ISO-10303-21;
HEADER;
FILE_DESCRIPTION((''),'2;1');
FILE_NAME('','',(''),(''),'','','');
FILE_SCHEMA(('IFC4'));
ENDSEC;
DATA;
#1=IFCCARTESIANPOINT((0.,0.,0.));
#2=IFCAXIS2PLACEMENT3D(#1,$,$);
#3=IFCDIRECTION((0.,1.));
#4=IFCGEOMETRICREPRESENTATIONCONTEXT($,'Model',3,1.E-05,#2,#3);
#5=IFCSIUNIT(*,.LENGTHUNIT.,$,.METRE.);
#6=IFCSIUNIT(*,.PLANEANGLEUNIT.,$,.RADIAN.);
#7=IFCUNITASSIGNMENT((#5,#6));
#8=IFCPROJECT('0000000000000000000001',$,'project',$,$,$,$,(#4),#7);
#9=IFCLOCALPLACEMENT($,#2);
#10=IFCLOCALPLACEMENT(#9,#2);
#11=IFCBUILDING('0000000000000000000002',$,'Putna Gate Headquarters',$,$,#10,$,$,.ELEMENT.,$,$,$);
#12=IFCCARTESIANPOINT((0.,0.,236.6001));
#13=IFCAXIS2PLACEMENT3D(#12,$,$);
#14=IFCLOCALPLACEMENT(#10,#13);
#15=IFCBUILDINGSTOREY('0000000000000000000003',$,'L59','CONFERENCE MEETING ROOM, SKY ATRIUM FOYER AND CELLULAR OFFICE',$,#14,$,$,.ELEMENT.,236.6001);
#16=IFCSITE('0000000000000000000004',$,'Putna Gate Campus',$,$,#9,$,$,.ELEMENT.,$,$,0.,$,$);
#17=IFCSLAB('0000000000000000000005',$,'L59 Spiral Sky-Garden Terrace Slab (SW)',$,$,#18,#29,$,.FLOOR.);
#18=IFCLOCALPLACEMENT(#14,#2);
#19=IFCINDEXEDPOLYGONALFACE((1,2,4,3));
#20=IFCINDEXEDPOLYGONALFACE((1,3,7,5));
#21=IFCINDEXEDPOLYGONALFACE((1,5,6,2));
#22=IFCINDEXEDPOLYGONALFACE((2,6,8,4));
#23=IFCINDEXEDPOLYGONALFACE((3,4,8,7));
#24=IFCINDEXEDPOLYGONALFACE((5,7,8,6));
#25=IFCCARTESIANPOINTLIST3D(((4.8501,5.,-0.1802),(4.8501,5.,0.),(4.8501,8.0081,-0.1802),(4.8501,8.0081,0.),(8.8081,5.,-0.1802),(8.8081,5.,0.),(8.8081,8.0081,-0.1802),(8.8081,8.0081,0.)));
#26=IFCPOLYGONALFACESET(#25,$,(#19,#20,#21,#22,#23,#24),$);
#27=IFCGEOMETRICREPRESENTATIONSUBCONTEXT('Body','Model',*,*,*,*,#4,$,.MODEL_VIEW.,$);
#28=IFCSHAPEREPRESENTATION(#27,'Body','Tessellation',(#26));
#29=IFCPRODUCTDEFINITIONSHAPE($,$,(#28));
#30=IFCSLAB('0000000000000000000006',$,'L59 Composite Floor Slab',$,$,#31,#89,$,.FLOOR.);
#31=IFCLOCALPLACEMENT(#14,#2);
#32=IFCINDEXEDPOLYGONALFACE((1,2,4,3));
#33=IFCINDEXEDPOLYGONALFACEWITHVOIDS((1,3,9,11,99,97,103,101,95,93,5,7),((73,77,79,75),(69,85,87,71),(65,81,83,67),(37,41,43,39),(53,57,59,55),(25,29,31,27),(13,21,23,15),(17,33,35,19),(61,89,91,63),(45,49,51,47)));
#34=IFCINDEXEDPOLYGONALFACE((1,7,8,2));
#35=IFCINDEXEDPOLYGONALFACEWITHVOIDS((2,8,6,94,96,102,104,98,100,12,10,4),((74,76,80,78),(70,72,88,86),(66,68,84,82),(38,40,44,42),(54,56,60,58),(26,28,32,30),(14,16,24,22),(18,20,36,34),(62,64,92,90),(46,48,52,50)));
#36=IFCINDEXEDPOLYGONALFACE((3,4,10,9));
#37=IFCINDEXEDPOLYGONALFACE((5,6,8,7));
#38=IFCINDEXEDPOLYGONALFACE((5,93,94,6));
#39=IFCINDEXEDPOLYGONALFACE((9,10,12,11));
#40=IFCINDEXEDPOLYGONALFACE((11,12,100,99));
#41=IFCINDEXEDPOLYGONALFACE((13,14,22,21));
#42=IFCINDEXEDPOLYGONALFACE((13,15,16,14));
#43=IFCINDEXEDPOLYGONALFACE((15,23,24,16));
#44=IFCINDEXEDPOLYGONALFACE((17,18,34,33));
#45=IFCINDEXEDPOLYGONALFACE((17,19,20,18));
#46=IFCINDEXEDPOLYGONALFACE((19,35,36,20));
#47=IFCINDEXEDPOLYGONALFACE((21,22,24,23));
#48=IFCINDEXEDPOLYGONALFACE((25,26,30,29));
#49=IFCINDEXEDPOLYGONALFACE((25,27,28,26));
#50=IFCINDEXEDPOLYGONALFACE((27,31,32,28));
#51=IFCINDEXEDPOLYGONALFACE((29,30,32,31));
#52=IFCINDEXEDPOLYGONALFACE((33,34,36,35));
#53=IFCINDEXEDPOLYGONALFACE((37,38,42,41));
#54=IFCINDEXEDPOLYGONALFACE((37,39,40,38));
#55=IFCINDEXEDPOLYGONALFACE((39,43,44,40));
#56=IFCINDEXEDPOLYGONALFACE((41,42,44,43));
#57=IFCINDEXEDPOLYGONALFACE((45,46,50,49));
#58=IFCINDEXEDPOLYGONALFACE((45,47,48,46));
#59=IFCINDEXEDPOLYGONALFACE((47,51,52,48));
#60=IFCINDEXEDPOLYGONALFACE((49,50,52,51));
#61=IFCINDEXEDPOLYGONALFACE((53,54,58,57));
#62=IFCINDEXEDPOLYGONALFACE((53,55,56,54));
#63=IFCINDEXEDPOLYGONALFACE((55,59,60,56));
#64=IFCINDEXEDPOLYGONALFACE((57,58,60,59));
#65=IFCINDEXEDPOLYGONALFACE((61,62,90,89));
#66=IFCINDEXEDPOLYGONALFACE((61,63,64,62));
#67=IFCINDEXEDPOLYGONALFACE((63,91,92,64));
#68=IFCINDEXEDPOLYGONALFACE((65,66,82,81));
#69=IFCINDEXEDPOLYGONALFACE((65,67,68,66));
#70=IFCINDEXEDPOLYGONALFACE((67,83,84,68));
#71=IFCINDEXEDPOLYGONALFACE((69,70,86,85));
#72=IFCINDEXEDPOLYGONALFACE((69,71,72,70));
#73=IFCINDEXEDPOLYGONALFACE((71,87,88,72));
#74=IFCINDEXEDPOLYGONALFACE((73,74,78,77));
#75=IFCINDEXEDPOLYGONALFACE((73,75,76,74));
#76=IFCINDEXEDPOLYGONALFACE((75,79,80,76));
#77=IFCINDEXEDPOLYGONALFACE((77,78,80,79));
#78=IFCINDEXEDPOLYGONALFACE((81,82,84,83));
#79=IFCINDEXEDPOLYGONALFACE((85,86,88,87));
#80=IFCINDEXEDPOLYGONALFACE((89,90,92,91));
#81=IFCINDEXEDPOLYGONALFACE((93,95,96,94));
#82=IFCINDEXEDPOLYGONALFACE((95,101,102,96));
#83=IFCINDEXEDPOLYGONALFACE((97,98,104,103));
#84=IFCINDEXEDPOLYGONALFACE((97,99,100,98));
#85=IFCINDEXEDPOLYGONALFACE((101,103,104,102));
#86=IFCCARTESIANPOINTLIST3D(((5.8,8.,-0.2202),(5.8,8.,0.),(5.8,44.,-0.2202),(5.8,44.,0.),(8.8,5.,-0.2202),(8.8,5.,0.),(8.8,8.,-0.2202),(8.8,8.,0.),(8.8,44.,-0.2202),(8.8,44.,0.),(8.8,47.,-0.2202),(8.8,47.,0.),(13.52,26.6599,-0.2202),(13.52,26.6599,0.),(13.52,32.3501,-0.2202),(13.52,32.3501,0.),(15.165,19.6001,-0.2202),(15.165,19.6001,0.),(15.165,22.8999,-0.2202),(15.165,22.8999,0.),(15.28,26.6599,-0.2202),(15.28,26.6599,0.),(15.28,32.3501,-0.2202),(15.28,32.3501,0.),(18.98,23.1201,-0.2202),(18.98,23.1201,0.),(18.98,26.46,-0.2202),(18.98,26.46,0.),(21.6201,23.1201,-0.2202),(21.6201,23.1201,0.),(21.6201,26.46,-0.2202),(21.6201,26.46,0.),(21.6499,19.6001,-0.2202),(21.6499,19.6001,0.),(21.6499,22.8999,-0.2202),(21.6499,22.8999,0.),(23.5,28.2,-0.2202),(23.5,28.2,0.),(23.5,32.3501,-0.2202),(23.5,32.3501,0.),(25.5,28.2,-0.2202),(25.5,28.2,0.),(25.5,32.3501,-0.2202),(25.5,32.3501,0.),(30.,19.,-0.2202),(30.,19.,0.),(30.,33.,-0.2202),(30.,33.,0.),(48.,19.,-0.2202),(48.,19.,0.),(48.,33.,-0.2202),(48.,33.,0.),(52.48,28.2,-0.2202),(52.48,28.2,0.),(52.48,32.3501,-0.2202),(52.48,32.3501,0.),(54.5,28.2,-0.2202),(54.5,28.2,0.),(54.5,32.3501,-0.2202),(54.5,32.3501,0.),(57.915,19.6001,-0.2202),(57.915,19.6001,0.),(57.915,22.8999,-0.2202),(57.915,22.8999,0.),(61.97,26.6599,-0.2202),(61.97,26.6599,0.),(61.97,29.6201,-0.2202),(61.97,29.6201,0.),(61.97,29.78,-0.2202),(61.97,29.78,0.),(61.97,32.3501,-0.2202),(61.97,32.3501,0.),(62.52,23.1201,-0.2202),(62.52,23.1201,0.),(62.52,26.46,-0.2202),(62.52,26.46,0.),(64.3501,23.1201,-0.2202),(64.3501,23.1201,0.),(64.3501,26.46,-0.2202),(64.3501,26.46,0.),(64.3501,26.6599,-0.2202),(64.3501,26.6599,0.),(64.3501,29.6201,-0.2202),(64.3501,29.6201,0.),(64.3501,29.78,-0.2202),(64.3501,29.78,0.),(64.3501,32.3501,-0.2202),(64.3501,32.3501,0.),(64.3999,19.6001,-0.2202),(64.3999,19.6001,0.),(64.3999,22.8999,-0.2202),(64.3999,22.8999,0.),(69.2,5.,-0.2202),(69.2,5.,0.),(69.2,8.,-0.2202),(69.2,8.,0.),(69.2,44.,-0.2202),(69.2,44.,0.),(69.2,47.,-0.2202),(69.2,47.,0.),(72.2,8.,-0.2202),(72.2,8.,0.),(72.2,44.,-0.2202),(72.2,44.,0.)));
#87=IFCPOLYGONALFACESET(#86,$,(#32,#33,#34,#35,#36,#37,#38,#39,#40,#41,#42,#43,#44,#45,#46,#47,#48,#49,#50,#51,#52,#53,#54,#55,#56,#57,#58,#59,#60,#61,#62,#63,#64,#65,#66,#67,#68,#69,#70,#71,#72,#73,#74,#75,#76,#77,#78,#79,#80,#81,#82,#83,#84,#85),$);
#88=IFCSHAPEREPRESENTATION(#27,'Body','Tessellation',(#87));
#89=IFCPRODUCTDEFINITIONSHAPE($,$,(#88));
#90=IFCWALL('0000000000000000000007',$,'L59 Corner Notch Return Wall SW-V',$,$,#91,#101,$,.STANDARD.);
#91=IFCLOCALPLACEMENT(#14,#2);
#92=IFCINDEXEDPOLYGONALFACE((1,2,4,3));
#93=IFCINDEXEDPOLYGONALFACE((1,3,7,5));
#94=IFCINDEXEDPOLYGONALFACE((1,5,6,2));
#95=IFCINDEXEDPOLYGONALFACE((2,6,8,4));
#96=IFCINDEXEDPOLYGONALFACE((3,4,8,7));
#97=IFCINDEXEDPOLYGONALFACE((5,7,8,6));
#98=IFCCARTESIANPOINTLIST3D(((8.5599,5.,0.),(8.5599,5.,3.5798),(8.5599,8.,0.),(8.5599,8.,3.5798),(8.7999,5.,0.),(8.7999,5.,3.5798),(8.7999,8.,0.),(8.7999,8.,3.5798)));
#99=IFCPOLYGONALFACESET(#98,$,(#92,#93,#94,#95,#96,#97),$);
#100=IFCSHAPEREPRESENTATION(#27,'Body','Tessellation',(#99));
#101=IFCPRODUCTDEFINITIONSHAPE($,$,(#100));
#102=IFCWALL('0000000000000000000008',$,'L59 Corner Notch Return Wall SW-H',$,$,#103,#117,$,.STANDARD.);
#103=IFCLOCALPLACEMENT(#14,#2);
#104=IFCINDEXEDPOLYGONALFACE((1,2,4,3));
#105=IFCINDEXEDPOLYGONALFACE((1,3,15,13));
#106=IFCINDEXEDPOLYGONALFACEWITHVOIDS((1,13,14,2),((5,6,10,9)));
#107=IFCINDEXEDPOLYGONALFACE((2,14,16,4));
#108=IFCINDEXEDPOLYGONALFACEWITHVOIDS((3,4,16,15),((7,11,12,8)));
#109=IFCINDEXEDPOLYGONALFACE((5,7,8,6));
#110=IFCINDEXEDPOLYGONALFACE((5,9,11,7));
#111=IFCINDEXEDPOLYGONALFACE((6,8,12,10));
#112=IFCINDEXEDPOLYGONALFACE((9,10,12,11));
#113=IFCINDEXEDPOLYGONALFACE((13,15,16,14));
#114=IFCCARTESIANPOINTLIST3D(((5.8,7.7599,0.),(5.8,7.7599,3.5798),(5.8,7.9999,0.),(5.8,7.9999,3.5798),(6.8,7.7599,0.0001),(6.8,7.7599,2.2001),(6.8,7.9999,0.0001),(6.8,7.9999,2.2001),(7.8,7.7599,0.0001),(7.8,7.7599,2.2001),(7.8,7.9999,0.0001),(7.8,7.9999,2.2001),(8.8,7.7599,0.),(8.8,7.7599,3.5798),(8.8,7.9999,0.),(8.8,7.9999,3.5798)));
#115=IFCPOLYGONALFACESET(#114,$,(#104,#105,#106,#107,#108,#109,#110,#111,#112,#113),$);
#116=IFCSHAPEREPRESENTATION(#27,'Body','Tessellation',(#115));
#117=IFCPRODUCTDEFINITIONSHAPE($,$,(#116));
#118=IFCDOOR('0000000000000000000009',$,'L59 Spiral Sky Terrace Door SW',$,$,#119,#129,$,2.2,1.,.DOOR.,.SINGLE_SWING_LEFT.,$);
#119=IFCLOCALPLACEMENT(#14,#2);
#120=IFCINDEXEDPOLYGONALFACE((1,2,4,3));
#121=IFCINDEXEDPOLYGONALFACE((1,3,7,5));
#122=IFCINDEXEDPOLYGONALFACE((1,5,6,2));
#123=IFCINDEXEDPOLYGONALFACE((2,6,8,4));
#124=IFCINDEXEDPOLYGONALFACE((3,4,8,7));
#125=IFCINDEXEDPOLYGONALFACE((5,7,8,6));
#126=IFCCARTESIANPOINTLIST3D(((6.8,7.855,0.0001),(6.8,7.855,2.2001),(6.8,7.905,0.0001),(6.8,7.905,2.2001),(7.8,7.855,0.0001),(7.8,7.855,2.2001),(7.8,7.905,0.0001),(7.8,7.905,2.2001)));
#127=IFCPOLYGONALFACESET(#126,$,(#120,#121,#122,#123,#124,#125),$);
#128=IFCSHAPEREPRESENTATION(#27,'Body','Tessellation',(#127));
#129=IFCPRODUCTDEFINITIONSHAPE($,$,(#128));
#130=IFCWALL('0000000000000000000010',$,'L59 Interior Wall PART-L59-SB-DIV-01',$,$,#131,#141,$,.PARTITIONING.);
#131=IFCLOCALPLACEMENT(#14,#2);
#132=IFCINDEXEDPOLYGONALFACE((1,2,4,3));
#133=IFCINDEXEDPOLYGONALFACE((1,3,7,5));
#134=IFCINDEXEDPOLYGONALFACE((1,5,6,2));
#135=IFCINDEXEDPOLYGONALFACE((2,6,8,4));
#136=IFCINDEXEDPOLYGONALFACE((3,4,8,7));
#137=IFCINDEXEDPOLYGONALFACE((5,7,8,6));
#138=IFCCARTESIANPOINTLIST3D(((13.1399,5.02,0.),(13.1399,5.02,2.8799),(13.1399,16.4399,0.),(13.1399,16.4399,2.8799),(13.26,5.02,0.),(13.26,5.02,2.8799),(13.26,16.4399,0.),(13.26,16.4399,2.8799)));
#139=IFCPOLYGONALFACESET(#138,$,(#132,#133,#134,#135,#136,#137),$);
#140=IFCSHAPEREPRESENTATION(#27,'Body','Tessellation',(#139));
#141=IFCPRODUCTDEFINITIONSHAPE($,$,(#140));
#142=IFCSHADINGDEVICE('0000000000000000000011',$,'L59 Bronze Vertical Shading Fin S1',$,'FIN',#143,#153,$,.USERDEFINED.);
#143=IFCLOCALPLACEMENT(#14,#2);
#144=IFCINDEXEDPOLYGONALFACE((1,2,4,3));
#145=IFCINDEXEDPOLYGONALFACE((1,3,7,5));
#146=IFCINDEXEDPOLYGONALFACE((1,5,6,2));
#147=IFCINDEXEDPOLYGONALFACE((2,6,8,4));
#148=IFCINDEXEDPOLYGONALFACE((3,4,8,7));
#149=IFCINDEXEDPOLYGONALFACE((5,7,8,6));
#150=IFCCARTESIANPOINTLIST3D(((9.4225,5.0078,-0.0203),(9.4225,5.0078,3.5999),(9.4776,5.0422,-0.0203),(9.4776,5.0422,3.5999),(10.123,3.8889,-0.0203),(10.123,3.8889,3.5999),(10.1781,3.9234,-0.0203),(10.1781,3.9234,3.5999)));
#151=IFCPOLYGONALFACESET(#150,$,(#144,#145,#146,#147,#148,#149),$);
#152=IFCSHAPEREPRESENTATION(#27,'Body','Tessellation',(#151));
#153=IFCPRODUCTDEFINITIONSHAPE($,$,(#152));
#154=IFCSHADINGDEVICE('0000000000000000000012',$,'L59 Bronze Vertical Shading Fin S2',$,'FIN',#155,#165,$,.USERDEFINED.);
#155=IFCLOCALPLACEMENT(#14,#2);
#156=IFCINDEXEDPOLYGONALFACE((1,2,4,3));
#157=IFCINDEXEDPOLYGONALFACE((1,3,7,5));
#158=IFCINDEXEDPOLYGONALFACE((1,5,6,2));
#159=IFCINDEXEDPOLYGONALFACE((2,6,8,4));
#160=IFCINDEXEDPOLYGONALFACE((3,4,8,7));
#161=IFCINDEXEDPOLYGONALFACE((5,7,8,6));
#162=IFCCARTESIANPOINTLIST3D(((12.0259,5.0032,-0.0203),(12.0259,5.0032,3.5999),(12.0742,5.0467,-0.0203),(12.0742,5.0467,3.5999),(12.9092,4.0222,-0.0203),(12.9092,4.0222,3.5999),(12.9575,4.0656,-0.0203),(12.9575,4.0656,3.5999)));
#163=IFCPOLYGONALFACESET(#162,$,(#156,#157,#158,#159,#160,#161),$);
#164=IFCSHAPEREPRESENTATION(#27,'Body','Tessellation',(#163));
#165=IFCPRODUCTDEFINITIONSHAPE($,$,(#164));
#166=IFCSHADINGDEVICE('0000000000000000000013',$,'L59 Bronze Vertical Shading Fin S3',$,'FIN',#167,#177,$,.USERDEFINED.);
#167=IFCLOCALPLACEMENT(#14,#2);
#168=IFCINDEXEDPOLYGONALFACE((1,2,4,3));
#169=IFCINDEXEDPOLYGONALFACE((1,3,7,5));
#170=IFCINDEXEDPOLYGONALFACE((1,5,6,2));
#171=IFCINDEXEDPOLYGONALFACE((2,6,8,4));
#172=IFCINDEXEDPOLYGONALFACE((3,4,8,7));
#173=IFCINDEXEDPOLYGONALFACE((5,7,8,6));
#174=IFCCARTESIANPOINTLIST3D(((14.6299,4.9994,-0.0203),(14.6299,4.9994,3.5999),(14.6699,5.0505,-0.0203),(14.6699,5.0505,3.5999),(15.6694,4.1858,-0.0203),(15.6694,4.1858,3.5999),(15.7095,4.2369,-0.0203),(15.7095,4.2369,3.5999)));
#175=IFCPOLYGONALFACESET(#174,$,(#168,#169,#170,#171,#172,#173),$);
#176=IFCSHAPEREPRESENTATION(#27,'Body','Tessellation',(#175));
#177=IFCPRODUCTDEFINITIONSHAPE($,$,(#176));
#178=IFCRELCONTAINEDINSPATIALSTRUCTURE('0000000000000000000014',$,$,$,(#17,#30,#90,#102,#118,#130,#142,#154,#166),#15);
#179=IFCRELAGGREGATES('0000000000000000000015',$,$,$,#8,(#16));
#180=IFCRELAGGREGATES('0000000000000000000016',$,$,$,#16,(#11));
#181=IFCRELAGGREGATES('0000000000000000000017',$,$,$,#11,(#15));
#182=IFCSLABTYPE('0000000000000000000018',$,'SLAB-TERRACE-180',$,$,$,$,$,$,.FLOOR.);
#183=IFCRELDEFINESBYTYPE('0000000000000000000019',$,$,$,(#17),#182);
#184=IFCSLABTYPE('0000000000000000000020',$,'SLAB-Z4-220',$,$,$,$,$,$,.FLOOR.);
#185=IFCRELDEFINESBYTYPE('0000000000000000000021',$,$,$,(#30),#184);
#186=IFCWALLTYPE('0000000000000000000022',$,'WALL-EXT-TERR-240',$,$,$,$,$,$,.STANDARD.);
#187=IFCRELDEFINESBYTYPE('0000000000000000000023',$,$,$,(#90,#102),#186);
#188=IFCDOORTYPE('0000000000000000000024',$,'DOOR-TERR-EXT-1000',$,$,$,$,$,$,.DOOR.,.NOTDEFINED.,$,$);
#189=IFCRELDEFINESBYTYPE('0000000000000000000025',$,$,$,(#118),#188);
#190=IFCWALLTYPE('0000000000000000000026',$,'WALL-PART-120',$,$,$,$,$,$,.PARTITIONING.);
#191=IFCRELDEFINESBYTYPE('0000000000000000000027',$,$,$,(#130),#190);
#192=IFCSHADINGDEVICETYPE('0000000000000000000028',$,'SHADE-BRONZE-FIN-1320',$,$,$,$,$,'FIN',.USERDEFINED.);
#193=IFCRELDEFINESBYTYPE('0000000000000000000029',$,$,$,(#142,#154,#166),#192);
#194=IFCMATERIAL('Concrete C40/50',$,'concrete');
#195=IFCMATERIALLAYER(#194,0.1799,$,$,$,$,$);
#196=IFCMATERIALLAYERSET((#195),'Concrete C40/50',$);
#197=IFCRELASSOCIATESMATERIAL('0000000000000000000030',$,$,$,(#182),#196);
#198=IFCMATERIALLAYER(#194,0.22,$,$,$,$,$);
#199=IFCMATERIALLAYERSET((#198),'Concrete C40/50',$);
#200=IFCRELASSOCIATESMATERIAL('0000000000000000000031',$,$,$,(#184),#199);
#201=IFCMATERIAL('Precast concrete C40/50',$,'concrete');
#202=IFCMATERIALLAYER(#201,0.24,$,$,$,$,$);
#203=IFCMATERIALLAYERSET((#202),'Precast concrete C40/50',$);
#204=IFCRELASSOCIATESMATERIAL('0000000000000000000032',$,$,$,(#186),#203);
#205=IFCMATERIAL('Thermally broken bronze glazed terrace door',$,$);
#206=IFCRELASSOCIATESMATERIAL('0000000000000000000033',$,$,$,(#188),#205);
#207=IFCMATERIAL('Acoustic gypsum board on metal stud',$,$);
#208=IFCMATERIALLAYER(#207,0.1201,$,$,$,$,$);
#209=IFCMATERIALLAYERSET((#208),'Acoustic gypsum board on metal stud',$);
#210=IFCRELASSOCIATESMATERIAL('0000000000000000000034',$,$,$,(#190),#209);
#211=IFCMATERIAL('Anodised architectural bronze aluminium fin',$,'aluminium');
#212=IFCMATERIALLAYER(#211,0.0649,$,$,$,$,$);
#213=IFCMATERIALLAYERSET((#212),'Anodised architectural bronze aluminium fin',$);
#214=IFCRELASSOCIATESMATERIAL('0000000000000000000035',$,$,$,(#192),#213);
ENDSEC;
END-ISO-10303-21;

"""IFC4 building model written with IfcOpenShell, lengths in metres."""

from ifc_helpers import new_model, si_unit, direction, frame, frame_2d, origin, origin_2d, place, context, subcontext, project, spatial, polyline, rectangle, outline, extrude, material, layer, layer_set, type_object, element, fill, save


model = new_model("IFC4")

# Units and contexts
model_context = context("Model", 3, precision=1e-05, world=origin(), true_north=direction((0.0, 1.0)))
body_context = subcontext(model_context, "Body", "Model", "MODEL_VIEW")
ifc_project = project(units=[si_unit("LENGTHUNIT", "METRE"), si_unit("PLANEANGLEUNIT", "RADIAN")], contexts=[model_context])

# Site, building, storey
site_placement = place(None, origin())
site = spatial("IfcSite", under=ifc_project, at=site_placement, Name="Putna Gate Campus", CompositionType="ELEMENT", RefElevation=0.0)
building_placement = place(site_placement, origin())
building = spatial("IfcBuilding", under=site, at=building_placement, Name="Putna Gate Headquarters", CompositionType="ELEMENT")
storey_placement = place(building_placement, frame((0.0, 0.0, 236.6001)))
storey = spatial("IfcBuildingStorey", under=building, at=storey_placement, Name="L59", Description="CONFERENCE MEETING ROOM, SKY ATRIUM FOYER AND CELLULAR OFFICE", CompositionType="ELEMENT", Elevation=236.6001)

# Shared definitions
ifc_material_1 = material(Name="Concrete C40/50", Category="concrete")

# Slabs
ifc_layer_1 = layer(ifc_material_1, 0.1799)
ifc_layer_set_1 = layer_set([ifc_layer_1], Name="Concrete C40/50")
slab_type_1 = type_object("IfcSlabType", Name="SLAB-TERRACE-180", PredefinedType="FLOOR", material=ifc_layer_set_1)
slab_1_placement = place(storey_placement, frame((0.0, 0.0, -0.1802)))
element("IfcSlab", 1, at=slab_1_placement, inside=storey, type_object=slab_type_1, Name="L59 Spiral Sky-Garden Terrace Slab (SW)", PredefinedType="FLOOR", context=body_context, shape_type="SweptSolid", body=[
    extrude(outline(polyline([(4.8501, 5.0), (8.8081, 5.0), (8.8081, 8.0081), (4.8501, 8.0081), (4.8501, 5.0)])), origin(), (0.0, 0.0, 1.0), 0.1802),
])
ifc_layer_2 = layer(ifc_material_1, 0.22)
ifc_layer_set_2 = layer_set([ifc_layer_2], Name="Concrete C40/50")
slab_type_2 = type_object("IfcSlabType", Name="SLAB-Z4-220", PredefinedType="FLOOR", material=ifc_layer_set_2)
slab_2_placement = place(storey_placement, frame((0.0, 0.0, -0.2202)))
element("IfcSlab", 2, at=slab_2_placement, inside=storey, type_object=slab_type_2, Name="L59 Composite Floor Slab", PredefinedType="FLOOR", context=body_context, shape_type="SweptSolid", body=[
    extrude(outline(polyline([(8.8, 5.0), (69.2, 5.0), (69.2, 8.0), (72.2, 8.0), (72.2, 44.0), (69.2, 44.0), (69.2, 47.0), (8.8, 47.0), (8.8, 44.0), (5.8, 44.0), (5.8, 8.0), (8.8, 8.0), (8.8, 5.0)]), holes=[polyline([(15.165, 19.6001), (21.6499, 19.6001), (21.6499, 22.8999), (15.165, 22.8999), (15.165, 19.6001)]), polyline([(57.915, 19.6001), (64.3999, 19.6001), (64.3999, 22.8999), (57.915, 22.8999), (57.915, 19.6001)]), polyline([(13.52, 26.6599), (15.28, 26.6599), (15.28, 32.3501), (13.52, 32.3501), (13.52, 26.6599)]), polyline([(61.97, 29.78), (64.3501, 29.78), (64.3501, 32.3501), (61.97, 32.3501), (61.97, 29.78)]), polyline([(18.98, 23.1201), (21.6201, 23.1201), (21.6201, 26.46), (18.98, 26.46), (18.98, 23.1201)]), polyline([(62.52, 23.1201), (64.3501, 23.1201), (64.3501, 26.46), (62.52, 26.46), (62.52, 23.1201)]), polyline([(61.97, 26.6599), (64.3501, 26.6599), (64.3501, 29.6201), (61.97, 29.6201), (61.97, 26.6599)]), polyline([(23.5, 28.2), (25.5, 28.2), (25.5, 32.3501), (23.5, 32.3501), (23.5, 28.2)]), polyline([(52.48, 28.2), (54.5, 28.2), (54.5, 32.3501), (52.48, 32.3501), (52.48, 28.2)]), polyline([(30.0, 19.0), (48.0, 19.0), (48.0, 33.0), (30.0, 33.0), (30.0, 19.0)])]), origin(), (0.0, 0.0, 1.0), 0.2202),
])

# Wall
ifc_material_2 = material(Name="Precast concrete C40/50", Category="concrete")
ifc_layer_3 = layer(ifc_material_2, 0.24)
ifc_layer_set_3 = layer_set([ifc_layer_3], Name="Precast concrete C40/50")
wall_type_1 = type_object("IfcWallType", Name="WALL-EXT-TERR-240", PredefinedType="STANDARD", material=ifc_layer_set_3)
wall_1_placement = place(storey_placement, frame((8.6799, 5.0, 0.0), z_axis=(0.0, 0.0, 1.0), x_axis=(0.0, 1.0, 0.0)))
element("IfcWall", 3, at=wall_1_placement, inside=storey, type_object=wall_type_1, Name="L59 Corner Notch Return Wall SW-V", PredefinedType="STANDARD", context=body_context, shape_type="SweptSolid", body=[
    extrude(rectangle(XDim=3.0, YDim=0.24, at=frame_2d((1.5, 0.0))), origin(), (0.0, 0.0, 1.0), 3.5798),
])

# Wall, opening, door
wall_2_placement = place(storey_placement, frame((8.8, 7.8799, 0.0), z_axis=(0.0, 0.0, 1.0), x_axis=(-1.0, 0.0, 0.0)))
wall_2 = element("IfcWall", 4, at=wall_2_placement, inside=storey, type_object=wall_type_1, Name="L59 Corner Notch Return Wall SW-H", PredefinedType="STANDARD", context=body_context, shape_type="SweptSolid", body=[
    extrude(rectangle(XDim=3.0, YDim=0.24, at=frame_2d((1.5, 0.0))), origin(), (0.0, 0.0, 1.0), 3.5798),
])
opening_placement = place(wall_2_placement, frame((1.0, 0.0, 0.0)))
opening = element("IfcOpeningElement", 5, at=opening_placement, cuts=wall_2, PredefinedType="OPENING", context=body_context, shape_type="SweptSolid", body=[
    extrude(rectangle(XDim=1.0, YDim=2.2, at=frame_2d((0.5, 1.1001))), frame((0.0, 0.1299, 0.0), z_axis=(0.0, -1.0, 0.0), x_axis=(1.0, 0.0, 0.0)), (0.0, 0.0, 1.0), 0.26),
])
ifc_material_3 = material(Name="Thermally broken bronze glazed terrace door")
door_type = type_object("IfcDoorType", Name="DOOR-TERR-EXT-1000", OperationType="NOTDEFINED", PredefinedType="DOOR", material=ifc_material_3)
door_placement = place(opening_placement, origin())
door = element("IfcDoor", 6, at=door_placement, inside=storey, type_object=door_type, Name="L59 Spiral Sky Terrace Door SW", OperationType="SINGLE_SWING_LEFT", OverallHeight=2.2, OverallWidth=1.0, PredefinedType="DOOR", context=body_context, shape_type="SweptSolid", body=[
    extrude(rectangle(XDim=1.0, YDim=2.2, at=frame_2d((0.5, 1.1001))), frame((0.0, 0.0249, 0.0), z_axis=(0.0, -1.0, 0.0), x_axis=(1.0, 0.0, 0.0)), (0.0, 0.0, 1.0), 0.05),
])
fill(opening, door)

# Wall
ifc_material_4 = material(Name="Acoustic gypsum board on metal stud")
ifc_layer_4 = layer(ifc_material_4, 0.1201)
ifc_layer_set_4 = layer_set([ifc_layer_4], Name="Acoustic gypsum board on metal stud")
wall_type_2 = type_object("IfcWallType", Name="WALL-PART-120", PredefinedType="PARTITIONING", material=ifc_layer_set_4)
wall_3_placement = place(storey_placement, frame((13.2, 5.02, 0.0), z_axis=(0.0, 0.0, 1.0), x_axis=(0.0, 1.0, 0.0)))
element("IfcWall", 7, at=wall_3_placement, inside=storey, type_object=wall_type_2, Name="L59 Interior Wall PART-L59-SB-DIV-01", PredefinedType="PARTITIONING", context=body_context, shape_type="SweptSolid", body=[
    extrude(rectangle(XDim=11.4199, YDim=0.1201, at=frame_2d((5.71, 0.0))), origin(), (0.0, 0.0, 1.0), 2.8799),
])

# Shading devices
ifc_material_5 = material(Name="Anodised architectural bronze aluminium fin", Category="aluminium")
ifc_layer_5 = layer(ifc_material_5, 0.0649)
ifc_layer_set_5 = layer_set([ifc_layer_5], Name="Anodised architectural bronze aluminium fin")
shading_device_type = type_object("IfcShadingDeviceType", Name="SHADE-BRONZE-FIN-1320", ElementType="FIN", PredefinedType="USERDEFINED", material=ifc_layer_set_5)
for number, where, z_axis, x_axis, name in (
    (8, (9.8003, 4.4656, -0.0203), (0.0, 0.0, 1.0), (0.530659, -0.847585, 0.0), "L59 Bronze Vertical Shading Fin S1"),
    (9, (12.4917, 4.5344, -0.0203), (0.0, 0.0, 1.0), (0.669131, -0.743145, 0.0), "L59 Bronze Vertical Shading Fin S2"),
    (10, (15.1697, 4.6182, -0.0203), (0.0, 0.0, 1.0), (0.787473, -0.616349, 0.0), "L59 Bronze Vertical Shading Fin S3"),
):
    element("IfcShadingDevice", number, at=place(storey_placement, frame(where, z_axis=z_axis, x_axis=x_axis)), inside=storey, type_object=shading_device_type, Name=name, ObjectType="FIN", PredefinedType="USERDEFINED", context=body_context, shape_type="SweptSolid", body=[
        extrude(rectangle(XDim=1.3201, YDim=0.0649, at=origin_2d()), origin(), (0.0, 0.0, 1.0), 3.6201),
    ])

save(model, "model.ifc")
